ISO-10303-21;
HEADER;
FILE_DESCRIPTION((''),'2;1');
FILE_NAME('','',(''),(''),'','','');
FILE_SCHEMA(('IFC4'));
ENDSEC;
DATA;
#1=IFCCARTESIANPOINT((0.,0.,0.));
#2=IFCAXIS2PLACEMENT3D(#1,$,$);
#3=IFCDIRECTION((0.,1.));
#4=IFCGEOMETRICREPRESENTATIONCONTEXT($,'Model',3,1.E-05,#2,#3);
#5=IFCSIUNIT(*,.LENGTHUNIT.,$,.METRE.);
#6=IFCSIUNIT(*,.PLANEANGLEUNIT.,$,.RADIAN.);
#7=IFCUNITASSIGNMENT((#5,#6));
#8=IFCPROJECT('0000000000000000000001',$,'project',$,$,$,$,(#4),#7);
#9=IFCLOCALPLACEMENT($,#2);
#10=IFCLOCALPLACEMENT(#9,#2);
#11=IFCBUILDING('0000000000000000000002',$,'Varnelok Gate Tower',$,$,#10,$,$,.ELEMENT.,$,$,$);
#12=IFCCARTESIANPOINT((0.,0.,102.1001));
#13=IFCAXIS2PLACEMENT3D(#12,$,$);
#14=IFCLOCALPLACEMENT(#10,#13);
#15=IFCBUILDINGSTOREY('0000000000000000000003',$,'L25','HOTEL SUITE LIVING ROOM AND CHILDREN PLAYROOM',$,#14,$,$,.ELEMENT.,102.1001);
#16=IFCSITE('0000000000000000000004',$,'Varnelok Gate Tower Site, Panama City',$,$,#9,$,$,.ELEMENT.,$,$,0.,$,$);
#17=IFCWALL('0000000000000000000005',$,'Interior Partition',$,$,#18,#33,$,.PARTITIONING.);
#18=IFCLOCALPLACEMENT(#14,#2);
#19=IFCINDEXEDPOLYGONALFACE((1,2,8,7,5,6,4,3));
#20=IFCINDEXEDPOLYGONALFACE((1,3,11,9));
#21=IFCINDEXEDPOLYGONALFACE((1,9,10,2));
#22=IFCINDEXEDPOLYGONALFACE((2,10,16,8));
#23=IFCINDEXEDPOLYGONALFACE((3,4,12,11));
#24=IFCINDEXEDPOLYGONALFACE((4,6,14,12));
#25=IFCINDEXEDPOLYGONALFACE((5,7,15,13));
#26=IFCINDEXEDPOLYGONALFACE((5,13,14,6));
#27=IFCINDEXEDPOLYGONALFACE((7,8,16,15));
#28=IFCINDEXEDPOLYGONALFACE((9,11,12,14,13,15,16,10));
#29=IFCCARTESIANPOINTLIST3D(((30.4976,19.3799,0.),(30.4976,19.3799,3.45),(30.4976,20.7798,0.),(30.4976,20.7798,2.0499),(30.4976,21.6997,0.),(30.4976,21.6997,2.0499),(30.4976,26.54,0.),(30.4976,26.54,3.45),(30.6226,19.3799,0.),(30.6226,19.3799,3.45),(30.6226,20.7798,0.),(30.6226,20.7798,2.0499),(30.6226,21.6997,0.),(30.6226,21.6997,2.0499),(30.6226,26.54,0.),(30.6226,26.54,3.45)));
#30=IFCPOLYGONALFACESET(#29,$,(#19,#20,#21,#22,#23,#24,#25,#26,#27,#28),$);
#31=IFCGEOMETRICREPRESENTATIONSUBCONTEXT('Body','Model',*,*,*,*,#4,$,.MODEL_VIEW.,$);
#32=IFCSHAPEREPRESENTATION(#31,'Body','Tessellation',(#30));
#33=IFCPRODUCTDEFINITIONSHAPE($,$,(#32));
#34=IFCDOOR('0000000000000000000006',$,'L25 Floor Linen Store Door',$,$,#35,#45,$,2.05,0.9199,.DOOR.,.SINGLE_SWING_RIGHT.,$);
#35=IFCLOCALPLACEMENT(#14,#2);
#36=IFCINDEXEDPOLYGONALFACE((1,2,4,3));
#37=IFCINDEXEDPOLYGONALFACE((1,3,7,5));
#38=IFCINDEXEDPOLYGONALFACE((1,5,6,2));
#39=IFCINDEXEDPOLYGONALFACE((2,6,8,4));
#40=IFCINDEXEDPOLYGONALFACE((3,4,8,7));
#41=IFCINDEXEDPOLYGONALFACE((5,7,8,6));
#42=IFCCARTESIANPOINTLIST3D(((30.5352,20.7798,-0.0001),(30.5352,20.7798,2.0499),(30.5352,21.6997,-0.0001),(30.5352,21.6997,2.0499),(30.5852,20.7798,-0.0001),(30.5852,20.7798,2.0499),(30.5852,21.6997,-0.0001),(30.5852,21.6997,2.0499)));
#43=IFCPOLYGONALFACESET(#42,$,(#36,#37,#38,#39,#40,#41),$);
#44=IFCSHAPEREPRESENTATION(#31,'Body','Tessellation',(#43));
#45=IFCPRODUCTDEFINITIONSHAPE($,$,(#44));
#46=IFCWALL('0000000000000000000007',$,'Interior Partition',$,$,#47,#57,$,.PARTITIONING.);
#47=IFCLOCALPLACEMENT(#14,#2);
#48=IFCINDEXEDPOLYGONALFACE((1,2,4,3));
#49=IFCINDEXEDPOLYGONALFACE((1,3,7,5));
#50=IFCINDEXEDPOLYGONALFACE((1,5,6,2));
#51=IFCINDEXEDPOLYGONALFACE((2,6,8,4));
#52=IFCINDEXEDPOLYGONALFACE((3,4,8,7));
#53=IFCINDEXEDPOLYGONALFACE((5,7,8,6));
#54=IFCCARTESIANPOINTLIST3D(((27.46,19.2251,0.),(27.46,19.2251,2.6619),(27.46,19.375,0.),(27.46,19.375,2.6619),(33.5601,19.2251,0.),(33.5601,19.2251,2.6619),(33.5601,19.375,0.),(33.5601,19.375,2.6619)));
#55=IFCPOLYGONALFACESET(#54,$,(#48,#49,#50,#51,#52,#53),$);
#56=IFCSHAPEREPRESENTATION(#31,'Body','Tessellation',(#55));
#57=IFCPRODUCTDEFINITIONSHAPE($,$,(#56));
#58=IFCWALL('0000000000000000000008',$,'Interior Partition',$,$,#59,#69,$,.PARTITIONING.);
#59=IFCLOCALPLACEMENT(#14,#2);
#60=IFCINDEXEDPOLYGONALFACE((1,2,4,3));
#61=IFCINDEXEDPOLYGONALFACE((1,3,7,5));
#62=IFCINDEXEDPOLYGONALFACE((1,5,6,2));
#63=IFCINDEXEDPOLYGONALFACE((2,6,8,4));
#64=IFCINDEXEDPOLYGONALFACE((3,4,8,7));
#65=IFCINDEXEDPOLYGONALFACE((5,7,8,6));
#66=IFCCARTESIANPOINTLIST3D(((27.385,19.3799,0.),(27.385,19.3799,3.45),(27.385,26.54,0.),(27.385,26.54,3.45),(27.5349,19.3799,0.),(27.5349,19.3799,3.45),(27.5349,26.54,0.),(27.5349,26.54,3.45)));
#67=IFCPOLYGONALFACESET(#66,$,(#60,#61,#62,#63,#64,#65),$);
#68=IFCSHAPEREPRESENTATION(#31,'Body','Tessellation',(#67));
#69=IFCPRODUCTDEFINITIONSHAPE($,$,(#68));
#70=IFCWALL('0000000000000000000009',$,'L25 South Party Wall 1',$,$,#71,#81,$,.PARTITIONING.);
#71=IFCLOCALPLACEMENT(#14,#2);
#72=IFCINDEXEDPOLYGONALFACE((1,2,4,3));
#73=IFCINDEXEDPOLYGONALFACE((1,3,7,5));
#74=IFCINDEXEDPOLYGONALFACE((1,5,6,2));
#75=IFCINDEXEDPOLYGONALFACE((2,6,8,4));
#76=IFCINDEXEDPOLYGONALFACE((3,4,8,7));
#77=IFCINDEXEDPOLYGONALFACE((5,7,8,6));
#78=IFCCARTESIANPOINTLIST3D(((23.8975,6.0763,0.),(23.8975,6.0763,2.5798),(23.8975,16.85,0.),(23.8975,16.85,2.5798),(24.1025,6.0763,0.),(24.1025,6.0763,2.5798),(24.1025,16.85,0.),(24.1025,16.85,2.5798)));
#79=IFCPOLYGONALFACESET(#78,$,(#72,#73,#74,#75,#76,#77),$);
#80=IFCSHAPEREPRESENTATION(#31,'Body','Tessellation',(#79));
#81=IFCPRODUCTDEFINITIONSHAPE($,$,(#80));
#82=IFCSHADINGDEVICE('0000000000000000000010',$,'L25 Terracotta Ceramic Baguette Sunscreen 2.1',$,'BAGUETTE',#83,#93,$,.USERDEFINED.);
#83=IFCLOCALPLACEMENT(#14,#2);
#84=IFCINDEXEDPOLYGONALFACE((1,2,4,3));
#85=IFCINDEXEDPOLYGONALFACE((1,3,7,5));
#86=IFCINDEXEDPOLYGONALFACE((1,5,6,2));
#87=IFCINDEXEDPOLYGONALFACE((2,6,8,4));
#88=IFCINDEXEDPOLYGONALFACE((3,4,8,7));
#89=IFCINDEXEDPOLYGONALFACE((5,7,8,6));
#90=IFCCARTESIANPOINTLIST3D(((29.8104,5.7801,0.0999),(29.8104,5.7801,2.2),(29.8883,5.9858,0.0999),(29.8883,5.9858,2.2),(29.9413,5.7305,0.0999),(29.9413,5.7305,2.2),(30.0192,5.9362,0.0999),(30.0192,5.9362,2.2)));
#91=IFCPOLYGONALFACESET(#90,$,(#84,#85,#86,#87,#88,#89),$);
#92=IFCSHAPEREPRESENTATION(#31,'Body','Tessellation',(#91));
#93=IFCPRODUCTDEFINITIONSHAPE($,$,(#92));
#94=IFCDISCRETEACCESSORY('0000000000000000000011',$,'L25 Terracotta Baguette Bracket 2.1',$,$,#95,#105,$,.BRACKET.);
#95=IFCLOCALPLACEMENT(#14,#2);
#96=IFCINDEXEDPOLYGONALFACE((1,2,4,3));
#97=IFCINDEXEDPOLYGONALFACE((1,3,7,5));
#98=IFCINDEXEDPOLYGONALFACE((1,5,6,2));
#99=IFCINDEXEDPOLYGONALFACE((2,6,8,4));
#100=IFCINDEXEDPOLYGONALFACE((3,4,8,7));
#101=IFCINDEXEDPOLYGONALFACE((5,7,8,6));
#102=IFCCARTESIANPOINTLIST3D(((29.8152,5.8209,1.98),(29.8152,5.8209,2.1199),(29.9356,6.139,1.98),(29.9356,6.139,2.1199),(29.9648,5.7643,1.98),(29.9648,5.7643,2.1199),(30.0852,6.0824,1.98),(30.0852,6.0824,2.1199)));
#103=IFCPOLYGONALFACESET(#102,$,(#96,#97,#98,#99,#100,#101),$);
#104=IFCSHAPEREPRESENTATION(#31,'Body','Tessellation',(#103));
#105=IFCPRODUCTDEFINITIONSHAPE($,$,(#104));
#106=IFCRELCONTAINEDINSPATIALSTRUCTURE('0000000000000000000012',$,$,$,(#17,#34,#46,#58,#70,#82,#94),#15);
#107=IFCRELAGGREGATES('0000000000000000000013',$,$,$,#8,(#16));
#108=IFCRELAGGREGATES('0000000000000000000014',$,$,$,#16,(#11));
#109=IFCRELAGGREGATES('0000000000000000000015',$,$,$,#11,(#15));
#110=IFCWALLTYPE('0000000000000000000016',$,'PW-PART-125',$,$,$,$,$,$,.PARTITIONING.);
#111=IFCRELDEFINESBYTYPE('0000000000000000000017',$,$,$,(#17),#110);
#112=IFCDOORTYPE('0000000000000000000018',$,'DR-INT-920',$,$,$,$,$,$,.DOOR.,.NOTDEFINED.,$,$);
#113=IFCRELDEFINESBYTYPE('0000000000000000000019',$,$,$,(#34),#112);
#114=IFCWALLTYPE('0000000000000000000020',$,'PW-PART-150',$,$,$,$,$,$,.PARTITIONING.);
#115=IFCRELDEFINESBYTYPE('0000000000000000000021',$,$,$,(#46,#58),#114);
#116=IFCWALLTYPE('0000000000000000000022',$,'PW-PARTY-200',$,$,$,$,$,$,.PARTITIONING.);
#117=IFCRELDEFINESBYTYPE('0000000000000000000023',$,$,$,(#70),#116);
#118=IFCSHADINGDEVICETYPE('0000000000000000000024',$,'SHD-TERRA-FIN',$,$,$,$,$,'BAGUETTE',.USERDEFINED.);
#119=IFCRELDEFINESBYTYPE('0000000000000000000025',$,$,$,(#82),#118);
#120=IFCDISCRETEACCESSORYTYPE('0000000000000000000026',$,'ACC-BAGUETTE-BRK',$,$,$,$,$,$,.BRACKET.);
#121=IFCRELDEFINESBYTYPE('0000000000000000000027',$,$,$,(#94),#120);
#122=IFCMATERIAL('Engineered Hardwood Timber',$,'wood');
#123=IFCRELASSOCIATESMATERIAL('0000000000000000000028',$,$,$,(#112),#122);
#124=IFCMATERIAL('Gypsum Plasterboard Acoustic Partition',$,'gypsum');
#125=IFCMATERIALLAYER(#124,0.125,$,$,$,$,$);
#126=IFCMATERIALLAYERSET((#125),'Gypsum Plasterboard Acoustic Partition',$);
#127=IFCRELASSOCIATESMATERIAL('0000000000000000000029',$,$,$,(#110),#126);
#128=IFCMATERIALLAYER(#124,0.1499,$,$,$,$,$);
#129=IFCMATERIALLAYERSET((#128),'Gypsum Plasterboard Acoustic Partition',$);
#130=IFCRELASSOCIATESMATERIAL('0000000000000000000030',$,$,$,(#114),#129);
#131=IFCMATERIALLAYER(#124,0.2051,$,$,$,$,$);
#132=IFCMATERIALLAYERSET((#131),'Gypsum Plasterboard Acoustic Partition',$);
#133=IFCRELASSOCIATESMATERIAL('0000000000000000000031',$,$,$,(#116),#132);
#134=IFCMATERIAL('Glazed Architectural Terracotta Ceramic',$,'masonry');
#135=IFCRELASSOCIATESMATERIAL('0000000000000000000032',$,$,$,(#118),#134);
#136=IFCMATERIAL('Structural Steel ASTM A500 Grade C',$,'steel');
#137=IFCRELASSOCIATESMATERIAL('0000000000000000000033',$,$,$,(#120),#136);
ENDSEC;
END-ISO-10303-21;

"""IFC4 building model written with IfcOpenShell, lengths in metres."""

from ifc_helpers import new_model, si_unit, direction, frame, frame_2d, origin, origin_2d, place, context, subcontext, project, spatial, rectangle, extrude, source, transform, mapped, material, layer, layer_set, type_object, element, fill, save


model = new_model("IFC4")

# Units and contexts
model_context = context("Model", 3, precision=1e-05, world=origin(), true_north=direction((0.0, 1.0)))
body_context = subcontext(model_context, "Body", "Model", "MODEL_VIEW")
ifc_project = project(units=[si_unit("LENGTHUNIT", "METRE"), si_unit("PLANEANGLEUNIT", "RADIAN")], contexts=[model_context])

# Site, building, storey
site_placement = place(None, origin())
site = spatial("IfcSite", under=ifc_project, at=site_placement, Name="Varnelok Gate Tower Site, Panama City", CompositionType="ELEMENT", RefElevation=0.0)
building_placement = place(site_placement, origin())
building = spatial("IfcBuilding", under=site, at=building_placement, Name="Varnelok Gate Tower", CompositionType="ELEMENT")
storey_placement = place(building_placement, frame((0.0, 0.0, 102.1001)))
storey = spatial("IfcBuildingStorey", under=building, at=storey_placement, Name="L25", Description="HOTEL SUITE LIVING ROOM AND CHILDREN PLAYROOM", CompositionType="ELEMENT", Elevation=102.1001)

# Wall, opening, door
ifc_material_1 = material(Name="Gypsum Plasterboard Acoustic Partition", Category="gypsum")
ifc_material_2 = material(Name="Engineered Hardwood Timber", Category="wood")
door_type_1 = type_object("IfcDoorType", Name="DR-INT-920", OperationType="NOTDEFINED", PredefinedType="DOOR", material=ifc_material_2)
ifc_layer_1 = layer(ifc_material_1, 0.125)
ifc_layer_set_1 = layer_set([ifc_layer_1], Name="Gypsum Plasterboard Acoustic Partition")
wall_type_1 = type_object("IfcWallType", Name="PW-PART-125", PredefinedType="PARTITIONING", material=ifc_layer_set_1)
wall_1_placement = place(storey_placement, frame((30.5601, 19.3799, 0.0), z_axis=(0.0, 0.0, 1.0), x_axis=(0.0, 1.0, 0.0)))
wall_1 = element("IfcWall", 1, at=wall_1_placement, inside=storey, type_object=wall_type_1, Name="Interior Partition", PredefinedType="PARTITIONING", context=body_context, shape_type="SweptSolid", body=[
    extrude(rectangle(XDim=7.1602, YDim=0.125, at=frame_2d((3.5801, 0.0))), origin(), (0.0, 0.0, 1.0), 3.45),
])
opening_1_placement = place(wall_1_placement, frame((1.3999, 0.0, 0.0)))
opening_1 = element("IfcOpeningElement", 2, at=opening_1_placement, cuts=wall_1, PredefinedType="OPENING", context=body_context, shape_type="SweptSolid", body=[
    extrude(rectangle(XDim=0.9199, YDim=2.05, at=frame_2d((0.46, 1.0249))), frame((0.0, 0.0725, 0.0), z_axis=(0.0, -1.0, 0.0), x_axis=(1.0, 0.0, 0.0)), (0.0, 0.0, 1.0), 0.145),
])
door_1_placement = place(opening_1_placement, origin())
door_1 = element("IfcDoor", 3, at=door_1_placement, inside=storey, type_object=door_type_1, Name="L25 Floor Linen Store Door", OperationType="SINGLE_SWING_RIGHT", OverallHeight=2.05, OverallWidth=0.9199, PredefinedType="DOOR", context=body_context, shape_type="SweptSolid", body=[
    extrude(rectangle(XDim=0.9199, YDim=2.05, at=frame_2d((0.46, 1.0249))), frame((0.0, 0.0249, 0.0), z_axis=(0.0, -1.0, 0.0), x_axis=(1.0, 0.0, 0.0)), (0.0, 0.0, 1.0), 0.05),
])
fill(opening_1, door_1)

# Walls
ifc_layer_2 = layer(ifc_material_1, 0.1499)
ifc_layer_set_2 = layer_set([ifc_layer_2], Name="Gypsum Plasterboard Acoustic Partition")
wall_type_2 = type_object("IfcWallType", Name="PW-PART-150", PredefinedType="PARTITIONING", material=ifc_layer_set_2)
wall_2_placement = place(storey_placement, frame((27.46, 19.3, 0.0), z_axis=(0.0, 0.0, 1.0), x_axis=(1.0, 0.0, 0.0)))
element("IfcWall", 4, at=wall_2_placement, inside=storey, type_object=wall_type_2, Name="Interior Partition", PredefinedType="PARTITIONING", context=body_context, shape_type="SweptSolid", body=[
    extrude(rectangle(XDim=6.1001, YDim=0.1499, at=frame_2d((3.05, 0.0))), origin(), (0.0, 0.0, 1.0), 2.6619),
])
wall_3_placement = place(storey_placement, frame((27.46, 19.3799, 0.0), z_axis=(0.0, 0.0, 1.0), x_axis=(0.0, 1.0, 0.0)))
element("IfcWall", 5, at=wall_3_placement, inside=storey, type_object=wall_type_2, Name="Interior Partition", PredefinedType="PARTITIONING", context=body_context, shape_type="SweptSolid", body=[
    extrude(rectangle(XDim=7.1602, YDim=0.1499, at=frame_2d((3.5801, 0.0))), origin(), (0.0, 0.0, 1.0), 3.45),
])
ifc_layer_3 = layer(ifc_material_1, 0.2051)
ifc_layer_set_3 = layer_set([ifc_layer_3], Name="Gypsum Plasterboard Acoustic Partition")
wall_type_3 = type_object("IfcWallType", Name="PW-PARTY-200", PredefinedType="PARTITIONING", material=ifc_layer_set_3)
wall_4_placement = place(storey_placement, frame((24.0, 6.0764, 0.0), z_axis=(0.0, 0.0, 1.0), x_axis=(0.0, 1.0, 0.0)))
element("IfcWall", 6, at=wall_4_placement, inside=storey, type_object=wall_type_3, Name="L25 South Party Wall 1", PredefinedType="PARTITIONING", context=body_context, shape_type="SweptSolid", body=[
    extrude(rectangle(XDim=10.7737, YDim=0.2051, at=frame_2d((5.3867, 0.0))), origin(), (0.0, 0.0, 1.0), 2.5798),
])

# Shading device
ifc_material_3 = material(Name="Glazed Architectural Terracotta Ceramic", Category="masonry")
shading_device_type = type_object("IfcShadingDeviceType", Name="SHD-TERRA-FIN", ElementType="BAGUETTE", PredefinedType="USERDEFINED", material=ifc_material_3)
shared_shape_1 = source(origin(), body_context, "Body", "SweptSolid", [
    extrude(rectangle(XDim=0.1399, YDim=0.22, at=origin_2d()), origin(), (0.0, 0.0, 1.0), 2.1001),
])
shading_device_placement = place(storey_placement, frame((29.9148, 5.8582, 0.0999), z_axis=(0.0, 0.0, 1.0), x_axis=(0.935222, -0.354063, 0.0)))
element("IfcShadingDevice", 7, at=shading_device_placement, inside=storey, type_object=shading_device_type, Name="L25 Terracotta Ceramic Baguette Sunscreen 2.1", ObjectType="BAGUETTE", PredefinedType="USERDEFINED", context=body_context, shape_type="MappedRepresentation", body=[
    mapped(shared_shape_1, transform((0.0, 0.0, 0.0), scale=1.0)),
])

# Discrete accessory
ifc_material_4 = material(Name="Structural Steel ASTM A500 Grade C", Category="steel")
discrete_accessory_type = type_object("IfcDiscreteAccessoryType", Name="ACC-BAGUETTE-BRK", PredefinedType="BRACKET", material=ifc_material_4)
shared_shape_2 = source(origin(), body_context, "Body", "SweptSolid", [
    extrude(rectangle(XDim=0.1599, YDim=0.3401, at=origin_2d()), origin(), (0.0, 0.0, 1.0), 0.1399),
])
discrete_accessory_placement = place(storey_placement, frame((29.9502, 5.9517, 1.98), z_axis=(0.0, 0.0, 1.0), x_axis=(0.935222, -0.354063, 0.0)))
element("IfcDiscreteAccessory", 8, at=discrete_accessory_placement, inside=storey, type_object=discrete_accessory_type, Name="L25 Terracotta Baguette Bracket 2.1", PredefinedType="BRACKET", context=body_context, shape_type="MappedRepresentation", body=[
    mapped(shared_shape_2, transform((0.0, 0.0, 0.0), scale=1.0)),
])

save(model, "model.ifc")
